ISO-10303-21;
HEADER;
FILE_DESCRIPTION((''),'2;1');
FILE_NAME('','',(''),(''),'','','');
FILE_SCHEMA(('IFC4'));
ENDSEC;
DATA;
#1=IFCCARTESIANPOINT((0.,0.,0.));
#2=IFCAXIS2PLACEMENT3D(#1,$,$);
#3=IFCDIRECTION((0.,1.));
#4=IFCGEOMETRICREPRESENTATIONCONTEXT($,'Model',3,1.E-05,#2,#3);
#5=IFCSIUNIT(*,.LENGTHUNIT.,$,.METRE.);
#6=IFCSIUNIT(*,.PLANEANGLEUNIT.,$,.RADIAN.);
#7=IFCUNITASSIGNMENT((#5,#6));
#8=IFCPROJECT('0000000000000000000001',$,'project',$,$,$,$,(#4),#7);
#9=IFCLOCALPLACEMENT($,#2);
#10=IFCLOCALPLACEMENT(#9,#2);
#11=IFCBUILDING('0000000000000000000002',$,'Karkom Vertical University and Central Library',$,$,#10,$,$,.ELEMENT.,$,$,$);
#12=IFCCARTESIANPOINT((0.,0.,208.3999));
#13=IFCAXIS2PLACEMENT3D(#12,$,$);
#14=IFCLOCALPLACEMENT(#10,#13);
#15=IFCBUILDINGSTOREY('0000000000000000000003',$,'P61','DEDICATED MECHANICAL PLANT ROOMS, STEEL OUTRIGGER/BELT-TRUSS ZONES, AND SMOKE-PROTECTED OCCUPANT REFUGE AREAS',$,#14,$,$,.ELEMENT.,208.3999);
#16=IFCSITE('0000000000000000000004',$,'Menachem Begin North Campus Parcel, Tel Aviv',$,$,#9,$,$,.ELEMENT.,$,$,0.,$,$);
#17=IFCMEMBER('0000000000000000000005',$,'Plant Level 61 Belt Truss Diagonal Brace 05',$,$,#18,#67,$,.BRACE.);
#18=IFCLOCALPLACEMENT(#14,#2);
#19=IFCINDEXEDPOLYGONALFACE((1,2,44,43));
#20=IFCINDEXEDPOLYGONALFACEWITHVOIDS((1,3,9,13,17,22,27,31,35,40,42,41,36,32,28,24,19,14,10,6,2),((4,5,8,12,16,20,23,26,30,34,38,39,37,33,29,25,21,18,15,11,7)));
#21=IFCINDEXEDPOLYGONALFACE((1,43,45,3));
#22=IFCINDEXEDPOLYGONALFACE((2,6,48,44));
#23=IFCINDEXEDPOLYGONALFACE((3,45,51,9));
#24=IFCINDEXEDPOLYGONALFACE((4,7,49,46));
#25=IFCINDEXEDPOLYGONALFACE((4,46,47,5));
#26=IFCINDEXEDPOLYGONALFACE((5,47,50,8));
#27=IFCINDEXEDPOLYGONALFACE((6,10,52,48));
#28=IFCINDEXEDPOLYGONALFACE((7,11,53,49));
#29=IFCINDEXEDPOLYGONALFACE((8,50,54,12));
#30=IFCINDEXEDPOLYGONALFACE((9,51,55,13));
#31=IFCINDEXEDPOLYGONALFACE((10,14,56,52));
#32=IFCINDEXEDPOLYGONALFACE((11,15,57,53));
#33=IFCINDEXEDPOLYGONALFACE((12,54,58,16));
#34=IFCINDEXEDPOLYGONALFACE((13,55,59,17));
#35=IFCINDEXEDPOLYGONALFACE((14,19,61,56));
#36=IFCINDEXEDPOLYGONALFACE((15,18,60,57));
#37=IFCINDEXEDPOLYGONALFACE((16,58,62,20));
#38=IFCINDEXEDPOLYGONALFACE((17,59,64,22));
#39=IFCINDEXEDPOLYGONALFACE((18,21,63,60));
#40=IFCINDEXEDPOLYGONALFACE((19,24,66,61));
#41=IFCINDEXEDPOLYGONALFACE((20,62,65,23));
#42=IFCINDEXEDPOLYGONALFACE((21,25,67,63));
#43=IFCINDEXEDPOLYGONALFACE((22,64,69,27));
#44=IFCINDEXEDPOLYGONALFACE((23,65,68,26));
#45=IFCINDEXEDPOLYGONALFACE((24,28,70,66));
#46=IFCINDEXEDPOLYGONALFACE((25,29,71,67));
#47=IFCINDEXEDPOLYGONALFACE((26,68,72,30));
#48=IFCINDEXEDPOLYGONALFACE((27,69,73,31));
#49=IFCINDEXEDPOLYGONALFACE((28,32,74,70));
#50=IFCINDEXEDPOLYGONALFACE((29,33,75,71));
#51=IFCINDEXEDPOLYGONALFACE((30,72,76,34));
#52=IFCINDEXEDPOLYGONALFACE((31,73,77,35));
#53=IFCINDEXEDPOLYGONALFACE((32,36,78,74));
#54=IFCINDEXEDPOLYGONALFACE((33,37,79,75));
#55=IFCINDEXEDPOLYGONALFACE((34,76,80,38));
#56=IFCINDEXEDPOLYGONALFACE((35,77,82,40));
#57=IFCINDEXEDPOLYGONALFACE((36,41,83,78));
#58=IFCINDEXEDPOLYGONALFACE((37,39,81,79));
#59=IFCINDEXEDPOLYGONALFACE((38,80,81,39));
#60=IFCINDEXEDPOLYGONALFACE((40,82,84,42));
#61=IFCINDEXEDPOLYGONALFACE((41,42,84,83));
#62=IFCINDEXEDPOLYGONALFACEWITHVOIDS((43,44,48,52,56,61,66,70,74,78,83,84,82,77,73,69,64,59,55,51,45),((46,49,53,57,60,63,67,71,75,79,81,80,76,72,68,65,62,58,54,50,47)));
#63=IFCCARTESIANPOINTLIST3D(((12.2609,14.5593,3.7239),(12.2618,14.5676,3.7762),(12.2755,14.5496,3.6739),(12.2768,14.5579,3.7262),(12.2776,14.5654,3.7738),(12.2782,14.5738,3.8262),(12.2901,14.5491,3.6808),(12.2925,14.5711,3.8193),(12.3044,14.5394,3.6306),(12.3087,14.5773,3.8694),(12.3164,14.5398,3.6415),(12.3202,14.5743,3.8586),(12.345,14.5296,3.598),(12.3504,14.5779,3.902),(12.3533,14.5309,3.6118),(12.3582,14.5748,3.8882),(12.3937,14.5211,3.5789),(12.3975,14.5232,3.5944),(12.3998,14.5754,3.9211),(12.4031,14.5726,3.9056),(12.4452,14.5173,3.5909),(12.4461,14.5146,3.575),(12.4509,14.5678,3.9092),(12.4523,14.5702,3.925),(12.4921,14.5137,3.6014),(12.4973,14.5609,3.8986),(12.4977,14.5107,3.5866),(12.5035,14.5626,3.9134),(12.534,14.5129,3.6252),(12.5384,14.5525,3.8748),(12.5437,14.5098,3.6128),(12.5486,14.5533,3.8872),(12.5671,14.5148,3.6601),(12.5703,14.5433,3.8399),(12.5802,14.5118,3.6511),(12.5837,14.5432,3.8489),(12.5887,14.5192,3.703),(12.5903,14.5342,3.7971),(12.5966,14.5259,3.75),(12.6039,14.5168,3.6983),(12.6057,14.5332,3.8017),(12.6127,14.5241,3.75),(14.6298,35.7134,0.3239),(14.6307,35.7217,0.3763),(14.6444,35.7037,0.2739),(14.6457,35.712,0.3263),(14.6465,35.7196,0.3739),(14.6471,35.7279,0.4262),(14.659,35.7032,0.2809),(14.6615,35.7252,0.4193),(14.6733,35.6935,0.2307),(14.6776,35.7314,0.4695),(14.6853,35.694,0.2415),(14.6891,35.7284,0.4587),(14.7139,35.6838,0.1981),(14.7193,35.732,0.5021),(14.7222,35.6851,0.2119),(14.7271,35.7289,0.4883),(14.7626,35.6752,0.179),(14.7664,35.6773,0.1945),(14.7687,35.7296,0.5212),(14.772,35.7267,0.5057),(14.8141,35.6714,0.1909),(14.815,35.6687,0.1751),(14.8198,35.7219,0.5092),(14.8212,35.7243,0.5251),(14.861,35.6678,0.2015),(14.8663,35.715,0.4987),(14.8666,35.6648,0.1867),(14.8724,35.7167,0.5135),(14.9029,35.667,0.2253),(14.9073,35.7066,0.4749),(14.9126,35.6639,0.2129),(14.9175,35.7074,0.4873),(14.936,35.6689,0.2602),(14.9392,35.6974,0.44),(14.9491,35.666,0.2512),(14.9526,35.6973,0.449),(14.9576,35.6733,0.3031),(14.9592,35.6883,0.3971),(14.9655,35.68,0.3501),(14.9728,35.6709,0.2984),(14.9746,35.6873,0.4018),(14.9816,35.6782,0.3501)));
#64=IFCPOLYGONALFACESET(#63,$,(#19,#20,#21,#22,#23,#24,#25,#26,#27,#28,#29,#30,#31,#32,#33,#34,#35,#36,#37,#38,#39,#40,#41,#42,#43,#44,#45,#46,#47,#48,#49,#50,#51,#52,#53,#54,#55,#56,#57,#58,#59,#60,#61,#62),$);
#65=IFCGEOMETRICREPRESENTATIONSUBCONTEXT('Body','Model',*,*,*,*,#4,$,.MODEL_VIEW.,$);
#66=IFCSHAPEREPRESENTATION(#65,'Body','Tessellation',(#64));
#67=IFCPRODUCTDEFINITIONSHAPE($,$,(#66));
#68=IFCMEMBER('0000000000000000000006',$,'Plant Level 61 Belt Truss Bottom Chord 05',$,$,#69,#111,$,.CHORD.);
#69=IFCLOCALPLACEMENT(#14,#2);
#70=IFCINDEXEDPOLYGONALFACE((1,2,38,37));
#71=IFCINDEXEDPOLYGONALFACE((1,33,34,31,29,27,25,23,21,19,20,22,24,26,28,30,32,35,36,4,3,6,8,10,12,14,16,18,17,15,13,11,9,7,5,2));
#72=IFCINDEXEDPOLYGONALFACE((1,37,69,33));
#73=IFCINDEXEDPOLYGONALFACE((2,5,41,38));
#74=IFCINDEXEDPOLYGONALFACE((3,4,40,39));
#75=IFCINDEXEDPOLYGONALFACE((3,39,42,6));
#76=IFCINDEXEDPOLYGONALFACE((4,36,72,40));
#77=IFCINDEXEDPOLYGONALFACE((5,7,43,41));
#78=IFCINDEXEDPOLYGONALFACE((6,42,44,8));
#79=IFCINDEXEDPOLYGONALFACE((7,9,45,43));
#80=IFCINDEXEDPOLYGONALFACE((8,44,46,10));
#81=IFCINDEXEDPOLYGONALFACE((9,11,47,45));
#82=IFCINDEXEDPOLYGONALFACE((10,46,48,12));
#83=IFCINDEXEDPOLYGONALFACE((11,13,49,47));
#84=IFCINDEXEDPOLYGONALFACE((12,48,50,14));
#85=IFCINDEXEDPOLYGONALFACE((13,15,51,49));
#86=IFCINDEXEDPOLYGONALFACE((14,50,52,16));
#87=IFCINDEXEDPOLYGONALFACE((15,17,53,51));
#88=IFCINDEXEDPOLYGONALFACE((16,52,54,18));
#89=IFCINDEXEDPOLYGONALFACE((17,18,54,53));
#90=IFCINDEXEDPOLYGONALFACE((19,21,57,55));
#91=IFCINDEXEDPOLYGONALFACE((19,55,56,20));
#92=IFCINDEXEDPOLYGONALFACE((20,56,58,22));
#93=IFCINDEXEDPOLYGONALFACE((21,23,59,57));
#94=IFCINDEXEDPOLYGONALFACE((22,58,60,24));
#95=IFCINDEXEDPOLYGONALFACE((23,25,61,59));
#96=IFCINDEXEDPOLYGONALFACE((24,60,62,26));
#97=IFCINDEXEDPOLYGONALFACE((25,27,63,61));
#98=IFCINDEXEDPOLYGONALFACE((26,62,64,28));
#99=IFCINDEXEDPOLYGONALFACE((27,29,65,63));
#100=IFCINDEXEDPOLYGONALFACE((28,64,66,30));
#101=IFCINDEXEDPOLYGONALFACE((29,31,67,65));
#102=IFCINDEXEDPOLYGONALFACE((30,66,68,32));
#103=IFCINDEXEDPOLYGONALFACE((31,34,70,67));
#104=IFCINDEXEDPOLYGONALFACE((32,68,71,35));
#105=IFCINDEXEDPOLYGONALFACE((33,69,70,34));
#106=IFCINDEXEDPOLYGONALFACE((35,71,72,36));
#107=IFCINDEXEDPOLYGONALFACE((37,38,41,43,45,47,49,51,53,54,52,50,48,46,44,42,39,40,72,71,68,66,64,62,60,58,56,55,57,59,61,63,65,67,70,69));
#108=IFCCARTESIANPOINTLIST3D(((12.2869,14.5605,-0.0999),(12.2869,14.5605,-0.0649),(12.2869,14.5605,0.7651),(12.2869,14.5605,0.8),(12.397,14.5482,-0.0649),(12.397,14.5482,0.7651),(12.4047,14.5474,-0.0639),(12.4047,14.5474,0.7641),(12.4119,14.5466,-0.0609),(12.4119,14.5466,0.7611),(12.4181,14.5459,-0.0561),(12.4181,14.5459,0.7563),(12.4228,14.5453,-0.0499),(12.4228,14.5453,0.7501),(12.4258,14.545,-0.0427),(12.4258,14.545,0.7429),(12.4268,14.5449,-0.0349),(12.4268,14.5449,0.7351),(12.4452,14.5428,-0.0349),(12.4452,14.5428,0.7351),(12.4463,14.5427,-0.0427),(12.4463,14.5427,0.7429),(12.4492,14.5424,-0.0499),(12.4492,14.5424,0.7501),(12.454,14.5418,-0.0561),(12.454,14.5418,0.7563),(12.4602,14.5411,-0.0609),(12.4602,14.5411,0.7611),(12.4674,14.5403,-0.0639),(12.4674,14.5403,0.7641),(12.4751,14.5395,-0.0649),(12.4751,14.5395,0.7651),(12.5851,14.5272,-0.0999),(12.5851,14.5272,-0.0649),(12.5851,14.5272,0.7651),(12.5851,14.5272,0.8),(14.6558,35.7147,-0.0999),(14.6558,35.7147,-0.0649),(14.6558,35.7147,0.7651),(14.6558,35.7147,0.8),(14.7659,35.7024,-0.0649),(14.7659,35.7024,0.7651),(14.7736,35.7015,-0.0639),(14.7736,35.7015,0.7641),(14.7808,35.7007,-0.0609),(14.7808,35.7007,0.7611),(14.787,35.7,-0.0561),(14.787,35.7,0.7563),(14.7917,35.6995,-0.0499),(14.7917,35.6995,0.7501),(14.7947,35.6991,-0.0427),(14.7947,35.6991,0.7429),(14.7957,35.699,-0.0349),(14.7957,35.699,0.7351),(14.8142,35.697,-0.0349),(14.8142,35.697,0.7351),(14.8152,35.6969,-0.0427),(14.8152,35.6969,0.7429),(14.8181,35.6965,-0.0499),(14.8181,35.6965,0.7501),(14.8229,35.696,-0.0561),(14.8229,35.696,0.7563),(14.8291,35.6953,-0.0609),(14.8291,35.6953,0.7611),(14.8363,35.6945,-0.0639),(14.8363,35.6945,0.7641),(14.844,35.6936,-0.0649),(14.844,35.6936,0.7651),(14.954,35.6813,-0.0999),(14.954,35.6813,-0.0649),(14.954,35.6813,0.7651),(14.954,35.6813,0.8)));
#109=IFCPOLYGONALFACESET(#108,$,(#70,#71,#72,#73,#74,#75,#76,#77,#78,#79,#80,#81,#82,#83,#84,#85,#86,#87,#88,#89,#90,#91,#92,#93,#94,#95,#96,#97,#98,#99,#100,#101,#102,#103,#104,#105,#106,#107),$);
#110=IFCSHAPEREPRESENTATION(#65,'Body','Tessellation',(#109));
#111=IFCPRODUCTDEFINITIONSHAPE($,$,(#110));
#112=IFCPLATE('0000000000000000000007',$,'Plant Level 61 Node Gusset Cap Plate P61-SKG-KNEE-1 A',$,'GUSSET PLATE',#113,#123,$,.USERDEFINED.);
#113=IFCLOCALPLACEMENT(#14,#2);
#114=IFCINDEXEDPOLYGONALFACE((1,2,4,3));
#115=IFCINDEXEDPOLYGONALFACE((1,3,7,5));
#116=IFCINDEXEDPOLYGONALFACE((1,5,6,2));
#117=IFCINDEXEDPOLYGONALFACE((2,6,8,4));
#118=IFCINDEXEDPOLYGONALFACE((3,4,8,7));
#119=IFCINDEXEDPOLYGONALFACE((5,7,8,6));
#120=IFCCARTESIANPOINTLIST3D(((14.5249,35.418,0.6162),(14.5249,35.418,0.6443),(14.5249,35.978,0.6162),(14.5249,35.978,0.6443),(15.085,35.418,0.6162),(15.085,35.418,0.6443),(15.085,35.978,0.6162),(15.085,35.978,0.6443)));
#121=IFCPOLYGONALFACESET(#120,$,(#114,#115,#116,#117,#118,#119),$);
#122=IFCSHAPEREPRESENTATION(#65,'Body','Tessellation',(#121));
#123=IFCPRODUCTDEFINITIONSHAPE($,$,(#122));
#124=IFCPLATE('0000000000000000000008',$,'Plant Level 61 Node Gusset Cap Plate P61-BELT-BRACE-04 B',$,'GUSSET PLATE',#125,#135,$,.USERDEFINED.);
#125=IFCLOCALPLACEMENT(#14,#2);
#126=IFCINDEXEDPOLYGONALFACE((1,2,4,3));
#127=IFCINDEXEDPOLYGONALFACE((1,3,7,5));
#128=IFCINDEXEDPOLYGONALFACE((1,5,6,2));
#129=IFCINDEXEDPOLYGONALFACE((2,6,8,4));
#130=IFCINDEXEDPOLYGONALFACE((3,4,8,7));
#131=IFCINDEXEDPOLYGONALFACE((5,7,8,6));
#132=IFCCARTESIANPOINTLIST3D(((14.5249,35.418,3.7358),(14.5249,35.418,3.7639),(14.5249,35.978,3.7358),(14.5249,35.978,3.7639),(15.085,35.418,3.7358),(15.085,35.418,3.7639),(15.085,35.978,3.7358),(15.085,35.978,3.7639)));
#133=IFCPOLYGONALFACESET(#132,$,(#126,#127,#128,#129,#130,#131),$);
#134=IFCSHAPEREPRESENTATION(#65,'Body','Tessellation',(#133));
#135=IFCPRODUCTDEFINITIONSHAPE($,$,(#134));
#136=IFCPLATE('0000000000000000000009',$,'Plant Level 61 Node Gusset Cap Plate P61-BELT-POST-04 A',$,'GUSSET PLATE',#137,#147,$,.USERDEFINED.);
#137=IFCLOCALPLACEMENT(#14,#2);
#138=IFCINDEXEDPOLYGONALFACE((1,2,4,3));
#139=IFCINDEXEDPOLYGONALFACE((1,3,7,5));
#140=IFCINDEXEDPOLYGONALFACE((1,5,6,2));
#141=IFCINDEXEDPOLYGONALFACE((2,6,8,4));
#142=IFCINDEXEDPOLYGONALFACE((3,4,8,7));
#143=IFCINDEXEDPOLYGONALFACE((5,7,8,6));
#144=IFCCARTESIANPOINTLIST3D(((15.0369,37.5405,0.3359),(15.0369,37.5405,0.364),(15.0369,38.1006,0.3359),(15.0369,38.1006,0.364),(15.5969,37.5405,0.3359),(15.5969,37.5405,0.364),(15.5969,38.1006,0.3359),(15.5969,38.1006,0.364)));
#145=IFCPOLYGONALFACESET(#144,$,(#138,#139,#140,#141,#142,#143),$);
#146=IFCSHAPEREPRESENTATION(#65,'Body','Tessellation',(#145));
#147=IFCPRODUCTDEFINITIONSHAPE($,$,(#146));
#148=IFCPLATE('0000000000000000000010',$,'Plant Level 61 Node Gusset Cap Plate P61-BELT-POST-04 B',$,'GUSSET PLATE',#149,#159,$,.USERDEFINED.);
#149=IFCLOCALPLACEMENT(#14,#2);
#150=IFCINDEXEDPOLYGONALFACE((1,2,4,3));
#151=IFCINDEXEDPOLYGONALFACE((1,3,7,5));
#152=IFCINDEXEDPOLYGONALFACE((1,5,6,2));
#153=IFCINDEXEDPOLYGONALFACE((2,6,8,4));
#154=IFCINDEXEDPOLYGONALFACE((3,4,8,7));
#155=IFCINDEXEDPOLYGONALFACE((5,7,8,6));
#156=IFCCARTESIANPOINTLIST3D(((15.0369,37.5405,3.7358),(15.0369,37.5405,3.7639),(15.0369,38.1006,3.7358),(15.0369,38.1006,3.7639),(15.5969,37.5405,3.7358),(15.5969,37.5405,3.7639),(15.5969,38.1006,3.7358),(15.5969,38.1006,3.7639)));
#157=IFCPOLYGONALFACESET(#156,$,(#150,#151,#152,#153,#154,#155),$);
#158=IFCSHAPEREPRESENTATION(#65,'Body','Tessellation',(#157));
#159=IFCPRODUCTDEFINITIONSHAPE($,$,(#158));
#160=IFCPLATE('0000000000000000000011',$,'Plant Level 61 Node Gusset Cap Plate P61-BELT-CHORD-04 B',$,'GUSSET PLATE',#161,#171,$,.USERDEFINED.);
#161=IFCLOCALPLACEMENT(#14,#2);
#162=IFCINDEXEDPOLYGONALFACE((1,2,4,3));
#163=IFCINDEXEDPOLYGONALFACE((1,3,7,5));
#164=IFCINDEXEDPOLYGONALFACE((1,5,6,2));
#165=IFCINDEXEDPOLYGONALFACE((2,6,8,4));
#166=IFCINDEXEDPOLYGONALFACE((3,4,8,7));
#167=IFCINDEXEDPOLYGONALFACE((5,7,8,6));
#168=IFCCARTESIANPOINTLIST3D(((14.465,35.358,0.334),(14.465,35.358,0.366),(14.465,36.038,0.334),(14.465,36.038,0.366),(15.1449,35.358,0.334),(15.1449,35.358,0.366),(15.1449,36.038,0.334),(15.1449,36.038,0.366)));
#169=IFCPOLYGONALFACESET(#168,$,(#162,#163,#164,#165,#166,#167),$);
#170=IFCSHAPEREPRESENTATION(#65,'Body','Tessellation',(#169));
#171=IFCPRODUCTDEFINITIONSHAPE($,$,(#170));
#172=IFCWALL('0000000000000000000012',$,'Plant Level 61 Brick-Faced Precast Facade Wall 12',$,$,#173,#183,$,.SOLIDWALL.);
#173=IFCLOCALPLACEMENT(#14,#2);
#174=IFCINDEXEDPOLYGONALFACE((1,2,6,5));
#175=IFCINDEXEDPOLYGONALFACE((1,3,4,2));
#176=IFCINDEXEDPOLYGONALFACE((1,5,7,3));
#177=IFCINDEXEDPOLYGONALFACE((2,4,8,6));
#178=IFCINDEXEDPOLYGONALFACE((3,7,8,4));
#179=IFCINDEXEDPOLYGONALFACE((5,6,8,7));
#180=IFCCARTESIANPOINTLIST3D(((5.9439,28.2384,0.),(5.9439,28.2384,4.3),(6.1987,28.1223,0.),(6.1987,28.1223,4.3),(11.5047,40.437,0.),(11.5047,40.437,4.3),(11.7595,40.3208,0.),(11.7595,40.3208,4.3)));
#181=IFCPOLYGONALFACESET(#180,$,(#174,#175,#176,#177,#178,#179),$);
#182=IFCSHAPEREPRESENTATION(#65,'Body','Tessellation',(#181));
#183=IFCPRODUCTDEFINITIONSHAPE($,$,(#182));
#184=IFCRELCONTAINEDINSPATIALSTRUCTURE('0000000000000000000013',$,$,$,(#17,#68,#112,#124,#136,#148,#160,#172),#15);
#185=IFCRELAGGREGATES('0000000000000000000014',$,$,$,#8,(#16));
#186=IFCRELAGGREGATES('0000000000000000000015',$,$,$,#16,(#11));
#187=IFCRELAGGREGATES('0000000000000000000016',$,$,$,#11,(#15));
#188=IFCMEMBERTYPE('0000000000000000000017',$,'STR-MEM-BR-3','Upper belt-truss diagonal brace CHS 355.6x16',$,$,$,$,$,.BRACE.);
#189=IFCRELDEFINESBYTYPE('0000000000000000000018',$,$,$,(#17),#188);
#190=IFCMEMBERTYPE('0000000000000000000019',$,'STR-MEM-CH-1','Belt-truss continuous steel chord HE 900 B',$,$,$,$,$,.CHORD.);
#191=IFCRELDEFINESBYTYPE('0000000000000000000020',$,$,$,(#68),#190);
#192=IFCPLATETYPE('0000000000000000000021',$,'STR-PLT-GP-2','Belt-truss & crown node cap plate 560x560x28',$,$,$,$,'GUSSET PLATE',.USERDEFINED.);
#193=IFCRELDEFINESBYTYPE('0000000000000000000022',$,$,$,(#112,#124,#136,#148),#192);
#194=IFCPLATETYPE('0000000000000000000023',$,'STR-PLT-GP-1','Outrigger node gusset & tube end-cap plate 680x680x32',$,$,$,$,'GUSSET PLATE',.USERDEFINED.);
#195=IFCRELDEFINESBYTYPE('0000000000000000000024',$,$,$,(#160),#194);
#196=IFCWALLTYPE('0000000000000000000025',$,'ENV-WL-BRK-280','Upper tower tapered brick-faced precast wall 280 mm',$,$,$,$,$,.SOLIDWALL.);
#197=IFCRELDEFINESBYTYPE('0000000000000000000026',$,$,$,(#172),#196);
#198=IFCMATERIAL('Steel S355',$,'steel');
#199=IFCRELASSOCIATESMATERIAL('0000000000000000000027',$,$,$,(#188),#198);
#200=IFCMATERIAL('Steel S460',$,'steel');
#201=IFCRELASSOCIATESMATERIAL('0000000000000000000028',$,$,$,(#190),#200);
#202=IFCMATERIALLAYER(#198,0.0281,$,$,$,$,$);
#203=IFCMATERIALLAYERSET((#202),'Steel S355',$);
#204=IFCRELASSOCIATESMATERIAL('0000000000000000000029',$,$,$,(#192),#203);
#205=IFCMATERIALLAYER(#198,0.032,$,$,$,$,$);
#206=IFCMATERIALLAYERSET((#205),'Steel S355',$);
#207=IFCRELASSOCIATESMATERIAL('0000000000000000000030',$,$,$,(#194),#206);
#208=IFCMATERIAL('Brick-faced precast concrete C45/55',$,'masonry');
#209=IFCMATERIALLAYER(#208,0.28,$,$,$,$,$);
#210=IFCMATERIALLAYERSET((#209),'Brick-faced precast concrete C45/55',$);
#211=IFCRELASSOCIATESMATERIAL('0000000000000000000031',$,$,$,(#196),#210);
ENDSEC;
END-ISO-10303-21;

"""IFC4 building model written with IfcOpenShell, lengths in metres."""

from ifc_helpers import new_model, si_unit, direction, frame, frame_2d, origin, origin_with_axes, origin_2d, place, context, subcontext, project, spatial, rectangle, hollow_circle, i_section, extrude, source, transform, mapped, material, layer, layer_set, material_profile, profile_set, type_object, element, save


model = new_model("IFC4")

# Units and contexts
model_context = context("Model", 3, precision=1e-05, world=origin(), true_north=direction((0.0, 1.0)))
body_context = subcontext(model_context, "Body", "Model", "MODEL_VIEW")
ifc_project = project(units=[si_unit("LENGTHUNIT", "METRE"), si_unit("PLANEANGLEUNIT", "RADIAN")], contexts=[model_context])

# Site, building, storey
site_placement = place(None, origin())
site = spatial("IfcSite", under=ifc_project, at=site_placement, Name="Menachem Begin North Campus Parcel, Tel Aviv", CompositionType="ELEMENT", RefElevation=0.0)
building_placement = place(site_placement, origin())
building = spatial("IfcBuilding", under=site, at=building_placement, Name="Karkom Vertical University and Central Library", CompositionType="ELEMENT")
storey_placement = place(building_placement, frame((0.0, 0.0, 208.3999)))
storey = spatial("IfcBuildingStorey", under=building, at=storey_placement, Name="P61", Description="DEDICATED MECHANICAL PLANT ROOMS, STEEL OUTRIGGER/BELT-TRUSS ZONES, AND SMOKE-PROTECTED OCCUPANT REFUGE AREAS", CompositionType="ELEMENT", Elevation=208.3999)

# Shared definitions
ifc_material_1 = material(Name="Steel S460", Category="steel")

# Members
ifc_material_2 = material(Name="Steel S355", Category="steel")
ifc_material_profile_1 = material_profile(ifc_material_2, hollow_circle(Radius=0.1777, WallThickness=0.0161, at=origin_2d()), Name="CHS 355.6x16")
ifc_profile_set_1 = profile_set([ifc_material_profile_1], Name="Steel S355")
member_type_1 = type_object("IfcMemberType", Name="STR-MEM-BR-3", Description="Upper belt-truss diagonal brace CHS 355.6x16", PredefinedType="BRACE", material=ifc_profile_set_1)
shared_shape_1 = source(origin_with_axes(), body_context, "Body", "SweptSolid", [
    extrude(hollow_circle(Radius=0.1777, WallThickness=0.0161, at=origin_2d()), origin(), (0.0, 0.0, 1.0), 21.5562),
])
member_1_placement = place(storey_placement, frame((14.8049, 35.698, 0.3501), z_axis=(-0.109895, -0.981349, 0.157724), x_axis=(0.993788, -0.111287, 0.0)))
element("IfcMember", 1, at=member_1_placement, inside=storey, type_object=member_type_1, Name="Plant Level 61 Belt Truss Diagonal Brace 05", PredefinedType="BRACE", context=body_context, shape_type="MappedRepresentation", body=[
    mapped(shared_shape_1, transform((0.0, 0.0, 0.0), scale=1.0)),
])
ifc_material_profile_2 = material_profile(ifc_material_1, i_section(OverallWidth=0.3, OverallDepth=0.8999, WebThickness=0.0186, FlangeThickness=0.0349, FilletRadius=0.03, at=origin_2d()), Name="HE 900 B")
ifc_profile_set_2 = profile_set([ifc_material_profile_2], Name="Steel S460")
member_type_2 = type_object("IfcMemberType", Name="STR-MEM-CH-1", Description="Belt-truss continuous steel chord HE 900 B", PredefinedType="CHORD", material=ifc_profile_set_2)
shared_shape_2 = source(origin_with_axes(), body_context, "Body", "SweptSolid", [
    extrude(i_section(OverallWidth=0.3, OverallDepth=0.8999, WebThickness=0.0186, FlangeThickness=0.0349, FilletRadius=0.03, at=origin_2d()), origin(), (0.0, 0.0, 1.0), 21.2864),
])
member_2_placement = place(storey_placement, frame((14.8049, 35.698, 0.3501), z_axis=(-0.111287, -0.993788, 0.0), x_axis=(0.993788, -0.111287, 0.0)))
element("IfcMember", 2, at=member_2_placement, inside=storey, type_object=member_type_2, Name="Plant Level 61 Belt Truss Bottom Chord 05", PredefinedType="CHORD", context=body_context, shape_type="MappedRepresentation", body=[
    mapped(shared_shape_2, transform((0.0, 0.0, 0.0), scale=1.0)),
])

# Plates
ifc_layer_1 = layer(ifc_material_2, 0.0281)
ifc_layer_set_1 = layer_set([ifc_layer_1], Name="Steel S355")
plate_type_1 = type_object("IfcPlateType", Name="STR-PLT-GP-2", Description="Belt-truss & crown node cap plate 560x560x28", ElementType="GUSSET PLATE", PredefinedType="USERDEFINED", material=ifc_layer_set_1)
shared_shape_3 = source(origin_with_axes(), body_context, "Body", "SweptSolid", [
    extrude(rectangle(XDim=0.5601, YDim=0.5601, at=origin_2d()), origin(), (0.0, 0.0, 1.0), 0.0281),
])
for number, where, z_axis, x_axis, name in (
    (3, (14.8049, 35.698, 0.6162), (0.0, 0.0, 1.0), (1.0, 0.0, 0.0), "Plant Level 61 Node Gusset Cap Plate P61-SKG-KNEE-1 A"),
    (4, (14.8049, 35.698, 3.7358), (0.0, 0.0, 1.0), (1.0, 0.0, 0.0), "Plant Level 61 Node Gusset Cap Plate P61-BELT-BRACE-04 B"),
    (5, (15.3169, 37.8206, 0.3359), (0.0, 0.0, 1.0), (1.0, 0.0, 0.0), "Plant Level 61 Node Gusset Cap Plate P61-BELT-POST-04 A"),
    (6, (15.3169, 37.8206, 3.7358), (0.0, 0.0, 1.0), (1.0, 0.0, 0.0), "Plant Level 61 Node Gusset Cap Plate P61-BELT-POST-04 B"),
):
    element("IfcPlate", number, at=place(storey_placement, frame(where, z_axis=z_axis, x_axis=x_axis)), inside=storey, type_object=plate_type_1, Name=name, ObjectType="GUSSET PLATE", PredefinedType="USERDEFINED", context=body_context, shape_type="MappedRepresentation", body=[
        mapped(shared_shape_3, transform((0.0, 0.0, 0.0), scale=1.0)),
    ])
ifc_layer_2 = layer(ifc_material_2, 0.032)
ifc_layer_set_2 = layer_set([ifc_layer_2], Name="Steel S355")
plate_type_2 = type_object("IfcPlateType", Name="STR-PLT-GP-1", Description="Outrigger node gusset & tube end-cap plate 680x680x32", ElementType="GUSSET PLATE", PredefinedType="USERDEFINED", material=ifc_layer_set_2)
shared_shape_4 = source(origin_with_axes(), body_context, "Body", "SweptSolid", [
    extrude(rectangle(XDim=0.6799, YDim=0.6799, at=origin_2d()), origin(), (0.0, 0.0, 1.0), 0.032),
])
plate_placement = place(storey_placement, frame((14.8049, 35.698, 0.334), z_axis=(0.0, 0.0, 1.0), x_axis=(1.0, 0.0, 0.0)))
element("IfcPlate", 7, at=plate_placement, inside=storey, type_object=plate_type_2, Name="Plant Level 61 Node Gusset Cap Plate P61-BELT-CHORD-04 B", ObjectType="GUSSET PLATE", PredefinedType="USERDEFINED", context=body_context, shape_type="MappedRepresentation", body=[
    mapped(shared_shape_4, transform((0.0, 0.0, 0.0), scale=1.0)),
])

# Wall
ifc_material_3 = material(Name="Brick-faced precast concrete C45/55", Category="masonry")
ifc_layer_3 = layer(ifc_material_3, 0.28)
ifc_layer_set_3 = layer_set([ifc_layer_3], Name="Brick-faced precast concrete C45/55")
wall_type_1 = type_object("IfcWallType", Name="ENV-WL-BRK-280", Description="Upper tower tapered brick-faced precast wall 280 mm", PredefinedType="SOLIDWALL", material=ifc_layer_set_3)
wall_1_placement = place(storey_placement, frame((11.6321, 40.3789, 0.0), z_axis=(0.0, 0.0, 1.0), x_axis=(-0.414793, -0.909916, 0.0)))
element("IfcWall", 8, at=wall_1_placement, inside=storey, type_object=wall_type_1, Name="Plant Level 61 Brick-Faced Precast Facade Wall 12", PredefinedType="SOLIDWALL", context=body_context, shape_type="SweptSolid", body=[
    extrude(rectangle(XDim=13.4062, YDim=0.28, at=frame_2d((6.7031, 0.0))), origin(), (0.0, 0.0, 1.0), 4.3),
])

save(model, "model.ifc")
